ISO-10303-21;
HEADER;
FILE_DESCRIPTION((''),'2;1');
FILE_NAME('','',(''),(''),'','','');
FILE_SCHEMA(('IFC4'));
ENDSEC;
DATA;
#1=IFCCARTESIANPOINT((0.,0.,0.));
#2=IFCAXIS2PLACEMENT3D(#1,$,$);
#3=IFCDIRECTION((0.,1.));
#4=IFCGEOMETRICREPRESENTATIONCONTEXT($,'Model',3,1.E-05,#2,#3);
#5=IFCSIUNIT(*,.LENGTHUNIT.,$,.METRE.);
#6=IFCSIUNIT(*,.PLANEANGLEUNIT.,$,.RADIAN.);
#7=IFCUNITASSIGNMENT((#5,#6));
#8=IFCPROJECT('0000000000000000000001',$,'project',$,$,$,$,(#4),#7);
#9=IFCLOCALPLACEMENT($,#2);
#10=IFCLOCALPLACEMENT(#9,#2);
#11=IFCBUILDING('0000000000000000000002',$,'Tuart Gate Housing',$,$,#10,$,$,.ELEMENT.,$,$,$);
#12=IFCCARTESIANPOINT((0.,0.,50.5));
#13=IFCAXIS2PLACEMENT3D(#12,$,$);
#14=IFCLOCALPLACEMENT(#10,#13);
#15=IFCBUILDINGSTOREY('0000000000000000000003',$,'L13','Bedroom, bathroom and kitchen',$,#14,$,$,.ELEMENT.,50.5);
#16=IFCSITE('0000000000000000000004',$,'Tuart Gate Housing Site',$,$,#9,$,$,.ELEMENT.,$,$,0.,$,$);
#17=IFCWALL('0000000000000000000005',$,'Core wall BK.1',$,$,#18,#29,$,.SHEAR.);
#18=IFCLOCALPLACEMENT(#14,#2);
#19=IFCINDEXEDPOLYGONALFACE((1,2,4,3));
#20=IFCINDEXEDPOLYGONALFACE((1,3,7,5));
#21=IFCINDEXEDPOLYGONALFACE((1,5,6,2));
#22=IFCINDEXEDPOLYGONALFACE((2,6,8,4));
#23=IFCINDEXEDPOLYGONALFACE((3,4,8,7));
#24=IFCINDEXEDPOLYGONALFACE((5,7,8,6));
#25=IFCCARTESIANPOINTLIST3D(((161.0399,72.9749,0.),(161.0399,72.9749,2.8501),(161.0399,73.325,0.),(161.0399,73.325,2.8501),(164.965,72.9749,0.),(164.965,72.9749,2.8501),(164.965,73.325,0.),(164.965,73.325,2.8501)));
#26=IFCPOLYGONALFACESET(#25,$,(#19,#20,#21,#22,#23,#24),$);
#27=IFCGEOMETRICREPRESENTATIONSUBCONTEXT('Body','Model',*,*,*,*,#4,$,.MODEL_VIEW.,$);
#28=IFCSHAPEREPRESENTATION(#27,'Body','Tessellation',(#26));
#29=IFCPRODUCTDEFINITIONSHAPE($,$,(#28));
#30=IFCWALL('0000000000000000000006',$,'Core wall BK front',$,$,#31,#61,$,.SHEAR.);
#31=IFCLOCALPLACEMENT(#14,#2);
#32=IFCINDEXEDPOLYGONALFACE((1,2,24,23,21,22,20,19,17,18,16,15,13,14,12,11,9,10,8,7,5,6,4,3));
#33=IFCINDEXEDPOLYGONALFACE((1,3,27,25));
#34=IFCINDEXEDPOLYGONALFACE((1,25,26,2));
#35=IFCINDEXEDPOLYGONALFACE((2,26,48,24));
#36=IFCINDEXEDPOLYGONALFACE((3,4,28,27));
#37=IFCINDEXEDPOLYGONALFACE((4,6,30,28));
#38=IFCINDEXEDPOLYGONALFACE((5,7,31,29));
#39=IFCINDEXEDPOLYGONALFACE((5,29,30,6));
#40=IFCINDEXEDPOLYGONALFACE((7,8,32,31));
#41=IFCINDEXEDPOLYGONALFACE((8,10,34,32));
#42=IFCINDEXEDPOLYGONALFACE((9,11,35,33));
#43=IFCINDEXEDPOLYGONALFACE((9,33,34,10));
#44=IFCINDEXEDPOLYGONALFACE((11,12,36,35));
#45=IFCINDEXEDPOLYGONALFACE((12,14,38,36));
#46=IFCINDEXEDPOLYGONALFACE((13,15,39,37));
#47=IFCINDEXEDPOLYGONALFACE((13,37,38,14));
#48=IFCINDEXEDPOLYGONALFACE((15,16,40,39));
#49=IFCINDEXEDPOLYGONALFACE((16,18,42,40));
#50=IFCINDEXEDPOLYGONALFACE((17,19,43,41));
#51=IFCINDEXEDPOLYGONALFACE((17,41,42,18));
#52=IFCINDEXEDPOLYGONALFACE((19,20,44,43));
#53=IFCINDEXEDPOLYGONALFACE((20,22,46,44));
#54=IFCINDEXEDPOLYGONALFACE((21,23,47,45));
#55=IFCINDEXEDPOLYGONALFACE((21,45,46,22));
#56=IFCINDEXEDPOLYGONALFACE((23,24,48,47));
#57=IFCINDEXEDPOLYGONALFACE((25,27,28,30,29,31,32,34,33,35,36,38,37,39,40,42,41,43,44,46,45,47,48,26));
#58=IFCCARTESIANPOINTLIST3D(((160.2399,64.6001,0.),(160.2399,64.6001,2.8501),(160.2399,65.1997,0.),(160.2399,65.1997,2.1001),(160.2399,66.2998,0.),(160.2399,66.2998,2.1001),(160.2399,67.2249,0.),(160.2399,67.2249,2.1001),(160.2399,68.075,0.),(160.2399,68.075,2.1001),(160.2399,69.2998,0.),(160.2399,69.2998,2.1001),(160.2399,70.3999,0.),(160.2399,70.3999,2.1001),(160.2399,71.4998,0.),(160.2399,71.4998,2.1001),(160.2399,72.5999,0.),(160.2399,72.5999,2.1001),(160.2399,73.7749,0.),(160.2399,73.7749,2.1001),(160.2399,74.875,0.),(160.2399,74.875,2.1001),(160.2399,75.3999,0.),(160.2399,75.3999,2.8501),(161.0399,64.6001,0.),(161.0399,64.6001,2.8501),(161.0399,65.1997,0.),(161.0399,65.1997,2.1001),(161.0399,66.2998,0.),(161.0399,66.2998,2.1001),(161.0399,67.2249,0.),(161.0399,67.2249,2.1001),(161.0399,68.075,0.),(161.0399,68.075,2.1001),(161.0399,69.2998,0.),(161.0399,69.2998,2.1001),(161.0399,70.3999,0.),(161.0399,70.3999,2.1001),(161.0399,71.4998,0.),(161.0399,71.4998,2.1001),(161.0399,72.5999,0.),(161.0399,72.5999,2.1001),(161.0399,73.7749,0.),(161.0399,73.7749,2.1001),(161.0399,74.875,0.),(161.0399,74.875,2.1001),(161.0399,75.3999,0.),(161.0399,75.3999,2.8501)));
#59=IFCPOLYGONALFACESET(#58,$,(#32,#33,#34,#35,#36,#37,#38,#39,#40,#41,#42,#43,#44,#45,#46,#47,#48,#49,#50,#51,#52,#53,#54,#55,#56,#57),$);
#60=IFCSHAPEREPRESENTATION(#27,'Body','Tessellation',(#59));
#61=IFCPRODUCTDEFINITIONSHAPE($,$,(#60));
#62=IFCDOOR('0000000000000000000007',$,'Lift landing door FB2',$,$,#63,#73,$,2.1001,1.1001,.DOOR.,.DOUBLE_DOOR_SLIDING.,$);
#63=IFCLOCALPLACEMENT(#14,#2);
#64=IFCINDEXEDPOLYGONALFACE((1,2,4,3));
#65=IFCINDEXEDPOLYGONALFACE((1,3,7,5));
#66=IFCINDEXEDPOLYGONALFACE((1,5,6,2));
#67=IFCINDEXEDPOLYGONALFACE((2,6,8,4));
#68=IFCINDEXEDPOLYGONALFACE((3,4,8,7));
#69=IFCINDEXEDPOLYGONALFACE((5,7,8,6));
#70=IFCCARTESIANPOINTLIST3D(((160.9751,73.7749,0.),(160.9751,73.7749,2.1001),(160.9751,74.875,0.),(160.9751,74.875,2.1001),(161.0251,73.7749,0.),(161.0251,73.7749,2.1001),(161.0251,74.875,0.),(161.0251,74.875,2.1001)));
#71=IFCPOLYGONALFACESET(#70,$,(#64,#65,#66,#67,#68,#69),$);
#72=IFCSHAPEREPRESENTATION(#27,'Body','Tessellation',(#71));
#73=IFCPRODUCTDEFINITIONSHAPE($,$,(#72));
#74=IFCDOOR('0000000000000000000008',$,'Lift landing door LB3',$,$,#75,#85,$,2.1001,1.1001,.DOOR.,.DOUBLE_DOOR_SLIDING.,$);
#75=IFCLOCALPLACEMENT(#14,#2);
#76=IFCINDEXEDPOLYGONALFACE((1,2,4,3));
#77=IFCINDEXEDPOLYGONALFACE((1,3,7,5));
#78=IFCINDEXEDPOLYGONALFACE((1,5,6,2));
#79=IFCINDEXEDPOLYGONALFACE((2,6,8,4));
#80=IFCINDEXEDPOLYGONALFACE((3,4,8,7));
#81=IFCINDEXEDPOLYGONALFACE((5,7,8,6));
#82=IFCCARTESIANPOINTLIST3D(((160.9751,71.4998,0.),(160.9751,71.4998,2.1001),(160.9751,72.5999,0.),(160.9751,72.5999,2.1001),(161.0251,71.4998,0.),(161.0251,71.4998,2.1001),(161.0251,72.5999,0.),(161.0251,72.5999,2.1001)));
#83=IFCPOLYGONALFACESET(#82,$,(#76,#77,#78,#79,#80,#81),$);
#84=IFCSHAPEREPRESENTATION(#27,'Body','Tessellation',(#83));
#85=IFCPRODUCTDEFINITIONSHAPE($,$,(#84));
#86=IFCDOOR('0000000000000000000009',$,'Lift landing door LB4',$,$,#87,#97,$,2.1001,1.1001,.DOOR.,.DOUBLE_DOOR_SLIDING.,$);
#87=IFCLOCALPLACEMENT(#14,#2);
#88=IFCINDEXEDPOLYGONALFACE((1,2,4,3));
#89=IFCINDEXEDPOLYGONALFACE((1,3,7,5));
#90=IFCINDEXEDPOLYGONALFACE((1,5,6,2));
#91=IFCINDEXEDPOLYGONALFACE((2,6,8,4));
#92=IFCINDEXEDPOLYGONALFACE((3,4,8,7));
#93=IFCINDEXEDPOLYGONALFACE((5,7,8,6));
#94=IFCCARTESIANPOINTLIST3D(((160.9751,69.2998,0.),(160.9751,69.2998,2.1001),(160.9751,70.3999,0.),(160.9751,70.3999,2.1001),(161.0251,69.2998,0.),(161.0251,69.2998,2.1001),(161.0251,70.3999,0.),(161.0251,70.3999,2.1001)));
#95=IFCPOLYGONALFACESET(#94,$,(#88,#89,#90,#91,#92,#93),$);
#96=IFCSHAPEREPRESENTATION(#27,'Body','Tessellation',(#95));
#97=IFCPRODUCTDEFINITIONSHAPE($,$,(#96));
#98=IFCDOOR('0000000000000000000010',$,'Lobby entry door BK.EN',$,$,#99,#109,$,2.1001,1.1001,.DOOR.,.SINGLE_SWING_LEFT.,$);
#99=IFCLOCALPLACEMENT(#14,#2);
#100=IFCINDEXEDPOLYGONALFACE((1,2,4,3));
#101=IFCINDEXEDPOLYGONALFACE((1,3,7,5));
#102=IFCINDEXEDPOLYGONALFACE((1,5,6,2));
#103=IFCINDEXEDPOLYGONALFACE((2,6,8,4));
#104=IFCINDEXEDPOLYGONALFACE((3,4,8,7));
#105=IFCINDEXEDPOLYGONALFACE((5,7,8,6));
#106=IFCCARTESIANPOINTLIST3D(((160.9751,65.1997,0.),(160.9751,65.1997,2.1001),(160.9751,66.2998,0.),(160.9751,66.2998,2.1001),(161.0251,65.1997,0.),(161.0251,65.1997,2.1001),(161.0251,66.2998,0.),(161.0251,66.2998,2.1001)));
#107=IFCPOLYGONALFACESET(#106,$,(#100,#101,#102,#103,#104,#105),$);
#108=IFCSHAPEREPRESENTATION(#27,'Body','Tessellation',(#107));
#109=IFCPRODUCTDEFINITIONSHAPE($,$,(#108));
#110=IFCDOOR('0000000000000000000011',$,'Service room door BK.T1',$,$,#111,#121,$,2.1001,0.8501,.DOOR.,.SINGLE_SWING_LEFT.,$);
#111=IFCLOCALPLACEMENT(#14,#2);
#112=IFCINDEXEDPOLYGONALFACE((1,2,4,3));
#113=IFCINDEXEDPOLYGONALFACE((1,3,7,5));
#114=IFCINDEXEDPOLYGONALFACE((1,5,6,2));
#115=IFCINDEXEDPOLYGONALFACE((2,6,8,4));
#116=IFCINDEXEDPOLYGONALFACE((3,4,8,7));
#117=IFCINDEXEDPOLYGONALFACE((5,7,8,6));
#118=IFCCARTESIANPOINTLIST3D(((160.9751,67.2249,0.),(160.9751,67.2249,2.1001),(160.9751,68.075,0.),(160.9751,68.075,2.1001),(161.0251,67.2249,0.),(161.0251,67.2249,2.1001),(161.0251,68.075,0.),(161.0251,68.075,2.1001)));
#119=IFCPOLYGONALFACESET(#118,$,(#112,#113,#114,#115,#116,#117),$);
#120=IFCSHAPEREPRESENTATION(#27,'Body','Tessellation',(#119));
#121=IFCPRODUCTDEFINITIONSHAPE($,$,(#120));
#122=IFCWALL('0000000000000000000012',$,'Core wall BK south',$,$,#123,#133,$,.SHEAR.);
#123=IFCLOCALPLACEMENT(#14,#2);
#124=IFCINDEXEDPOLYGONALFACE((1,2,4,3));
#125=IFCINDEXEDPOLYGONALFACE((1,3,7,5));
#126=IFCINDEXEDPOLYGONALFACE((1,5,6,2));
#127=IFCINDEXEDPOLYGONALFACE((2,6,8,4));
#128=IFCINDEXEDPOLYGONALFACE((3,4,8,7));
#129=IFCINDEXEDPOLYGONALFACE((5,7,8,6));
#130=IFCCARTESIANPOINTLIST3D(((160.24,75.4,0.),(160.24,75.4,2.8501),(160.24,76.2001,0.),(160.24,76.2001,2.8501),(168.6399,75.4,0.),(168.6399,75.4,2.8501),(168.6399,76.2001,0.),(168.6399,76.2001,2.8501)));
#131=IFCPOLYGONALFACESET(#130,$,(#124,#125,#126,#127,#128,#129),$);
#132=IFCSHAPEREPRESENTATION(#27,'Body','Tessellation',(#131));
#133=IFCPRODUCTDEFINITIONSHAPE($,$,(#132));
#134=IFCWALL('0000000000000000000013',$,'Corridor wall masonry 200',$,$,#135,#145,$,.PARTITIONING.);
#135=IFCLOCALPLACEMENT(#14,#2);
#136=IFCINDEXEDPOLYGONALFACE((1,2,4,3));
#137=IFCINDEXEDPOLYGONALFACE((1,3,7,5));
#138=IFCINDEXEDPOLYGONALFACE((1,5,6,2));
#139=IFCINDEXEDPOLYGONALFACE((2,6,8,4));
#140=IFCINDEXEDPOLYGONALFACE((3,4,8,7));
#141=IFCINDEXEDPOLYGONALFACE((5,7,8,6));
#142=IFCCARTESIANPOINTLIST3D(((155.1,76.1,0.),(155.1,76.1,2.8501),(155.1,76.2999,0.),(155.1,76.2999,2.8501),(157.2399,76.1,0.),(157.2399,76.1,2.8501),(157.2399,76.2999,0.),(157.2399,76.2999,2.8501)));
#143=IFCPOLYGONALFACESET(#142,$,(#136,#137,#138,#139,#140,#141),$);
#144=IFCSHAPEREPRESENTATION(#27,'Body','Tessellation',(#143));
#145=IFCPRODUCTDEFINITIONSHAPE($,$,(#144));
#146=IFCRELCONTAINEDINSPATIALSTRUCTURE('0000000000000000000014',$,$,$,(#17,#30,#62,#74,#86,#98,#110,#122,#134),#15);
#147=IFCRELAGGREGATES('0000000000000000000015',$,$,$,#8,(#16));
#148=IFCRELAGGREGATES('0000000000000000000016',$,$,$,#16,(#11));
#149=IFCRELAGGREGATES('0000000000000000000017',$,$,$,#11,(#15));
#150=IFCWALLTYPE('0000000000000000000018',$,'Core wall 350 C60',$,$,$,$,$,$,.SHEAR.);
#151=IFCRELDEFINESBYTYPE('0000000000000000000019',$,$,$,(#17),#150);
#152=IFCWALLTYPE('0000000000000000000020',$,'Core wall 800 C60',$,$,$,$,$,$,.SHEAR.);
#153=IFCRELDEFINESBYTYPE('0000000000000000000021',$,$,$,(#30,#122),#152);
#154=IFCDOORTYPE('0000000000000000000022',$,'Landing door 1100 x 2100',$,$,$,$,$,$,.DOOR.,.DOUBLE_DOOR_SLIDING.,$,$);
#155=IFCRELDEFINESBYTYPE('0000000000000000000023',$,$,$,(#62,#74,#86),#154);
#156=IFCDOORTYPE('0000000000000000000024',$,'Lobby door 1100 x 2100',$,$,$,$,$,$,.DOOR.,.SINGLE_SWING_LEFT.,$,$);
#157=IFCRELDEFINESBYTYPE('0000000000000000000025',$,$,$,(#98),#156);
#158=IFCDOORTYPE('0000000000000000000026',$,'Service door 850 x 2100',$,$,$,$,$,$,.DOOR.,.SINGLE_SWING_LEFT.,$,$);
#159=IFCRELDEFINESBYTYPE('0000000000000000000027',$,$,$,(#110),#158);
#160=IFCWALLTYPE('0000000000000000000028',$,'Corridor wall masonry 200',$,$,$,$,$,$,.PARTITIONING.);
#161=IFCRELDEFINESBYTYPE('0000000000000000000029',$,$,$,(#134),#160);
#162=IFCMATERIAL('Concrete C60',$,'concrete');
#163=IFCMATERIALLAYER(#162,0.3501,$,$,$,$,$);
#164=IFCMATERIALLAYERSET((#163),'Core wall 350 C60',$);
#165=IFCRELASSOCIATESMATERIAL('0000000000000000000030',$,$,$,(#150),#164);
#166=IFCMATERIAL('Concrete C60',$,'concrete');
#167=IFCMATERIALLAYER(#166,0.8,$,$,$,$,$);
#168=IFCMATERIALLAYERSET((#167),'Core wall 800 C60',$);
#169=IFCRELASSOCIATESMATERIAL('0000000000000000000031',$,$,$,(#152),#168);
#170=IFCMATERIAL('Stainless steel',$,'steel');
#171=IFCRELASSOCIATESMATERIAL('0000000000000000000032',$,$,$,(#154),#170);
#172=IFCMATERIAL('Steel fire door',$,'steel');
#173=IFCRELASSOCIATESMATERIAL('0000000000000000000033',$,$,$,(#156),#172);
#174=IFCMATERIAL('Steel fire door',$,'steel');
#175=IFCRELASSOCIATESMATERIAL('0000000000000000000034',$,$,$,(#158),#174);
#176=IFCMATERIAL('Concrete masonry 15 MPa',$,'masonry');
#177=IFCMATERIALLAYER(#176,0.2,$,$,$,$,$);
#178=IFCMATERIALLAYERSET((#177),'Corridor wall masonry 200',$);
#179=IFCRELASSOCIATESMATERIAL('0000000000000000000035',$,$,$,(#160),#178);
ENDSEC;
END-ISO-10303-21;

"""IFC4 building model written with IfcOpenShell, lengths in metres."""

from ifc_helpers import new_model, si_unit, direction, frame, frame_2d, origin, place, context, subcontext, project, spatial, rectangle, extrude, material, layer, layer_set, type_object, element, fill, save


model = new_model("IFC4")

# Units and contexts
model_context = context("Model", 3, precision=1e-05, world=origin(), true_north=direction((0.0, 1.0)))
body_context = subcontext(model_context, "Body", "Model", "MODEL_VIEW")
ifc_project = project(units=[si_unit("LENGTHUNIT", "METRE"), si_unit("PLANEANGLEUNIT", "RADIAN")], contexts=[model_context])

# Site, building, storey
site_placement = place(None, origin())
site = spatial("IfcSite", under=ifc_project, at=site_placement, Name="Tuart Gate Housing Site", CompositionType="ELEMENT", RefElevation=0.0)
building_placement = place(site_placement, origin())
building = spatial("IfcBuilding", under=site, at=building_placement, Name="Tuart Gate Housing", CompositionType="ELEMENT")
storey_placement = place(building_placement, frame((0.0, 0.0, 50.5)))
storey = spatial("IfcBuildingStorey", under=building, at=storey_placement, Name="L13", Description="Bedroom, bathroom and kitchen", CompositionType="ELEMENT", Elevation=50.5)

# Wall
ifc_material_1 = material(Name="Concrete C60", Category="concrete")
ifc_layer_1 = layer(ifc_material_1, 0.3501)
ifc_layer_set_1 = layer_set([ifc_layer_1], Name="Core wall 350 C60")
wall_type_1 = type_object("IfcWallType", Name="Core wall 350 C60", PredefinedType="SHEAR", material=ifc_layer_set_1)
wall_1_placement = place(storey_placement, frame((161.04, 73.1499, 0.0), z_axis=(0.0, 0.0, 1.0), x_axis=(1.0, 0.0, 0.0)))
element("IfcWall", 1, at=wall_1_placement, inside=storey, type_object=wall_type_1, Name="Core wall BK.1", PredefinedType="SHEAR", context=body_context, shape_type="SweptSolid", body=[
    extrude(rectangle(XDim=3.925, YDim=0.3501, at=frame_2d((1.9624, 0.0))), origin(), (0.0, 0.0, 1.0), 2.8501),
])

# Wall, openings, doors
ifc_material_2 = material(Name="Concrete C60", Category="concrete")
ifc_layer_2 = layer(ifc_material_2, 0.8)
ifc_layer_set_2 = layer_set([ifc_layer_2], Name="Core wall 800 C60")
wall_type_2 = type_object("IfcWallType", Name="Core wall 800 C60", PredefinedType="SHEAR", material=ifc_layer_set_2)
wall_2_placement = place(storey_placement, frame((160.6399, 75.3999, 0.0), z_axis=(0.0, 0.0, 1.0), x_axis=(0.0, -1.0, 0.0)))
wall_2 = element("IfcWall", 2, at=wall_2_placement, inside=storey, type_object=wall_type_2, Name="Core wall BK front", PredefinedType="SHEAR", context=body_context, shape_type="SweptSolid", body=[
    extrude(rectangle(XDim=10.7998, YDim=0.8, at=frame_2d((5.3999, 0.0))), origin(), (0.0, 0.0, 1.0), 2.8501),
])
opening_1_placement = place(wall_2_placement, frame((0.5249, 0.0, 0.0)))
opening_1 = element("IfcOpeningElement", 3, at=opening_1_placement, cuts=wall_2, PredefinedType="OPENING", context=body_context, shape_type="SweptSolid", body=[
    extrude(rectangle(XDim=1.1001, YDim=2.1001, at=frame_2d((0.55, 1.05))), frame((0.0, 0.4099, 0.0), z_axis=(0.0, -1.0, 0.0), x_axis=(1.0, 0.0, 0.0)), (0.0, 0.0, 1.0), 0.8201),
])
opening_2_placement = place(wall_2_placement, frame((2.8, 0.0, 0.0)))
opening_2 = element("IfcOpeningElement", 4, at=opening_2_placement, cuts=wall_2, PredefinedType="OPENING", context=body_context, shape_type="SweptSolid", body=[
    extrude(rectangle(XDim=1.1001, YDim=2.1001, at=frame_2d((0.55, 1.05))), frame((0.0, 0.4099, 0.0), z_axis=(0.0, -1.0, 0.0), x_axis=(1.0, 0.0, 0.0)), (0.0, 0.0, 1.0), 0.8201),
])
opening_3_placement = place(wall_2_placement, frame((5.0, 0.0, 0.0)))
opening_3 = element("IfcOpeningElement", 5, at=opening_3_placement, cuts=wall_2, PredefinedType="OPENING", context=body_context, shape_type="SweptSolid", body=[
    extrude(rectangle(XDim=1.1001, YDim=2.1001, at=frame_2d((0.55, 1.05))), frame((0.0, 0.4099, 0.0), z_axis=(0.0, -1.0, 0.0), x_axis=(1.0, 0.0, 0.0)), (0.0, 0.0, 1.0), 0.8201),
])
opening_4_placement = place(wall_2_placement, frame((9.1001, 0.0, 0.0)))
opening_4 = element("IfcOpeningElement", 6, at=opening_4_placement, cuts=wall_2, PredefinedType="OPENING", context=body_context, shape_type="SweptSolid", body=[
    extrude(rectangle(XDim=1.1001, YDim=2.1001, at=frame_2d((0.55, 1.05))), frame((0.0, 0.4099, 0.0), z_axis=(0.0, -1.0, 0.0), x_axis=(1.0, 0.0, 0.0)), (0.0, 0.0, 1.0), 0.8201),
])
opening_5_placement = place(wall_2_placement, frame((7.325, 0.0, 0.0)))
opening_5 = element("IfcOpeningElement", 7, at=opening_5_placement, cuts=wall_2, PredefinedType="OPENING", context=body_context, shape_type="SweptSolid", body=[
    extrude(rectangle(XDim=0.8501, YDim=2.1001, at=frame_2d((0.425, 1.05))), frame((0.0, 0.4099, 0.0), z_axis=(0.0, -1.0, 0.0), x_axis=(1.0, 0.0, 0.0)), (0.0, 0.0, 1.0), 0.8201),
])
ifc_material_3 = material(Name="Stainless steel", Category="steel")
door_type_1 = type_object("IfcDoorType", Name="Landing door 1100 x 2100", OperationType="DOUBLE_DOOR_SLIDING", PredefinedType="DOOR", material=ifc_material_3)
door_1_placement = place(opening_1_placement, origin())
door_1 = element("IfcDoor", 8, at=door_1_placement, inside=storey, type_object=door_type_1, Name="Lift landing door FB2", OperationType="DOUBLE_DOOR_SLIDING", OverallHeight=2.1001, OverallWidth=1.1001, PredefinedType="DOOR", context=body_context, shape_type="SweptSolid", body=[
    extrude(rectangle(XDim=1.1001, YDim=2.1001, at=frame_2d((0.55, 1.05))), frame((0.0, 0.3853, 0.0), z_axis=(0.0, -1.0, 0.0), x_axis=(1.0, 0.0, 0.0)), (0.0, 0.0, 1.0), 0.05),
])
fill(opening_1, door_1)
door_2_placement = place(opening_2_placement, origin())
door_2 = element("IfcDoor", 9, at=door_2_placement, inside=storey, type_object=door_type_1, Name="Lift landing door LB3", OperationType="DOUBLE_DOOR_SLIDING", OverallHeight=2.1001, OverallWidth=1.1001, PredefinedType="DOOR", context=body_context, shape_type="SweptSolid", body=[
    extrude(rectangle(XDim=1.1001, YDim=2.1001, at=frame_2d((0.55, 1.05))), frame((0.0, 0.3853, 0.0), z_axis=(0.0, -1.0, 0.0), x_axis=(1.0, 0.0, 0.0)), (0.0, 0.0, 1.0), 0.05),
])
fill(opening_2, door_2)
door_3_placement = place(opening_3_placement, origin())
door_3 = element("IfcDoor", 10, at=door_3_placement, inside=storey, type_object=door_type_1, Name="Lift landing door LB4", OperationType="DOUBLE_DOOR_SLIDING", OverallHeight=2.1001, OverallWidth=1.1001, PredefinedType="DOOR", context=body_context, shape_type="SweptSolid", body=[
    extrude(rectangle(XDim=1.1001, YDim=2.1001, at=frame_2d((0.55, 1.05))), frame((0.0, 0.3853, 0.0), z_axis=(0.0, -1.0, 0.0), x_axis=(1.0, 0.0, 0.0)), (0.0, 0.0, 1.0), 0.05),
])
fill(opening_3, door_3)
ifc_material_4 = material(Name="Steel fire door", Category="steel")
door_type_2 = type_object("IfcDoorType", Name="Lobby door 1100 x 2100", OperationType="SINGLE_SWING_LEFT", PredefinedType="DOOR", material=ifc_material_4)
door_4_placement = place(opening_4_placement, origin())
door_4 = element("IfcDoor", 11, at=door_4_placement, inside=storey, type_object=door_type_2, Name="Lobby entry door BK.EN", OperationType="SINGLE_SWING_LEFT", OverallHeight=2.1001, OverallWidth=1.1001, PredefinedType="DOOR", context=body_context, shape_type="SweptSolid", body=[
    extrude(rectangle(XDim=1.1001, YDim=2.1001, at=frame_2d((0.55, 1.05))), frame((0.0, 0.3853, 0.0), z_axis=(0.0, -1.0, 0.0), x_axis=(1.0, 0.0, 0.0)), (0.0, 0.0, 1.0), 0.05),
])
fill(opening_4, door_4)
ifc_material_5 = material(Name="Steel fire door", Category="steel")
door_type_3 = type_object("IfcDoorType", Name="Service door 850 x 2100", OperationType="SINGLE_SWING_LEFT", PredefinedType="DOOR", material=ifc_material_5)
door_5_placement = place(opening_5_placement, origin())
door_5 = element("IfcDoor", 12, at=door_5_placement, inside=storey, type_object=door_type_3, Name="Service room door BK.T1", OperationType="SINGLE_SWING_LEFT", OverallHeight=2.1001, OverallWidth=0.8501, PredefinedType="DOOR", context=body_context, shape_type="SweptSolid", body=[
    extrude(rectangle(XDim=0.8501, YDim=2.1001, at=frame_2d((0.425, 1.05))), frame((0.0, 0.3853, 0.0), z_axis=(0.0, -1.0, 0.0), x_axis=(1.0, 0.0, 0.0)), (0.0, 0.0, 1.0), 0.05),
])
fill(opening_5, door_5)

# Walls
wall_3_placement = place(storey_placement, frame((160.24, 75.8, 0.0), z_axis=(0.0, 0.0, 1.0), x_axis=(1.0, 0.0, 0.0)))
element("IfcWall", 13, at=wall_3_placement, inside=storey, type_object=wall_type_2, Name="Core wall BK south", PredefinedType="SHEAR", context=body_context, shape_type="SweptSolid", body=[
    extrude(rectangle(XDim=8.3999, YDim=0.8, at=frame_2d((4.2, 0.0))), origin(), (0.0, 0.0, 1.0), 2.8501),
])
ifc_material_6 = material(Name="Concrete masonry 15 MPa", Category="masonry")
ifc_layer_3 = layer(ifc_material_6, 0.2)
ifc_layer_set_3 = layer_set([ifc_layer_3], Name="Corridor wall masonry 200")
wall_type_3 = type_object("IfcWallType", Name="Corridor wall masonry 200", PredefinedType="PARTITIONING", material=ifc_layer_set_3)
wall_4_placement = place(storey_placement, frame((155.1001, 76.2, 0.0), z_axis=(0.0, 0.0, 1.0), x_axis=(1.0, 0.0, 0.0)))
element("IfcWall", 14, at=wall_4_placement, inside=storey, type_object=wall_type_3, Name="Corridor wall masonry 200", PredefinedType="PARTITIONING", context=body_context, shape_type="SweptSolid", body=[
    extrude(rectangle(XDim=2.1399, YDim=0.2, at=frame_2d((1.0698, 0.0))), origin(), (0.0, 0.0, 1.0), 2.8501),
])

save(model, "model.ifc")
